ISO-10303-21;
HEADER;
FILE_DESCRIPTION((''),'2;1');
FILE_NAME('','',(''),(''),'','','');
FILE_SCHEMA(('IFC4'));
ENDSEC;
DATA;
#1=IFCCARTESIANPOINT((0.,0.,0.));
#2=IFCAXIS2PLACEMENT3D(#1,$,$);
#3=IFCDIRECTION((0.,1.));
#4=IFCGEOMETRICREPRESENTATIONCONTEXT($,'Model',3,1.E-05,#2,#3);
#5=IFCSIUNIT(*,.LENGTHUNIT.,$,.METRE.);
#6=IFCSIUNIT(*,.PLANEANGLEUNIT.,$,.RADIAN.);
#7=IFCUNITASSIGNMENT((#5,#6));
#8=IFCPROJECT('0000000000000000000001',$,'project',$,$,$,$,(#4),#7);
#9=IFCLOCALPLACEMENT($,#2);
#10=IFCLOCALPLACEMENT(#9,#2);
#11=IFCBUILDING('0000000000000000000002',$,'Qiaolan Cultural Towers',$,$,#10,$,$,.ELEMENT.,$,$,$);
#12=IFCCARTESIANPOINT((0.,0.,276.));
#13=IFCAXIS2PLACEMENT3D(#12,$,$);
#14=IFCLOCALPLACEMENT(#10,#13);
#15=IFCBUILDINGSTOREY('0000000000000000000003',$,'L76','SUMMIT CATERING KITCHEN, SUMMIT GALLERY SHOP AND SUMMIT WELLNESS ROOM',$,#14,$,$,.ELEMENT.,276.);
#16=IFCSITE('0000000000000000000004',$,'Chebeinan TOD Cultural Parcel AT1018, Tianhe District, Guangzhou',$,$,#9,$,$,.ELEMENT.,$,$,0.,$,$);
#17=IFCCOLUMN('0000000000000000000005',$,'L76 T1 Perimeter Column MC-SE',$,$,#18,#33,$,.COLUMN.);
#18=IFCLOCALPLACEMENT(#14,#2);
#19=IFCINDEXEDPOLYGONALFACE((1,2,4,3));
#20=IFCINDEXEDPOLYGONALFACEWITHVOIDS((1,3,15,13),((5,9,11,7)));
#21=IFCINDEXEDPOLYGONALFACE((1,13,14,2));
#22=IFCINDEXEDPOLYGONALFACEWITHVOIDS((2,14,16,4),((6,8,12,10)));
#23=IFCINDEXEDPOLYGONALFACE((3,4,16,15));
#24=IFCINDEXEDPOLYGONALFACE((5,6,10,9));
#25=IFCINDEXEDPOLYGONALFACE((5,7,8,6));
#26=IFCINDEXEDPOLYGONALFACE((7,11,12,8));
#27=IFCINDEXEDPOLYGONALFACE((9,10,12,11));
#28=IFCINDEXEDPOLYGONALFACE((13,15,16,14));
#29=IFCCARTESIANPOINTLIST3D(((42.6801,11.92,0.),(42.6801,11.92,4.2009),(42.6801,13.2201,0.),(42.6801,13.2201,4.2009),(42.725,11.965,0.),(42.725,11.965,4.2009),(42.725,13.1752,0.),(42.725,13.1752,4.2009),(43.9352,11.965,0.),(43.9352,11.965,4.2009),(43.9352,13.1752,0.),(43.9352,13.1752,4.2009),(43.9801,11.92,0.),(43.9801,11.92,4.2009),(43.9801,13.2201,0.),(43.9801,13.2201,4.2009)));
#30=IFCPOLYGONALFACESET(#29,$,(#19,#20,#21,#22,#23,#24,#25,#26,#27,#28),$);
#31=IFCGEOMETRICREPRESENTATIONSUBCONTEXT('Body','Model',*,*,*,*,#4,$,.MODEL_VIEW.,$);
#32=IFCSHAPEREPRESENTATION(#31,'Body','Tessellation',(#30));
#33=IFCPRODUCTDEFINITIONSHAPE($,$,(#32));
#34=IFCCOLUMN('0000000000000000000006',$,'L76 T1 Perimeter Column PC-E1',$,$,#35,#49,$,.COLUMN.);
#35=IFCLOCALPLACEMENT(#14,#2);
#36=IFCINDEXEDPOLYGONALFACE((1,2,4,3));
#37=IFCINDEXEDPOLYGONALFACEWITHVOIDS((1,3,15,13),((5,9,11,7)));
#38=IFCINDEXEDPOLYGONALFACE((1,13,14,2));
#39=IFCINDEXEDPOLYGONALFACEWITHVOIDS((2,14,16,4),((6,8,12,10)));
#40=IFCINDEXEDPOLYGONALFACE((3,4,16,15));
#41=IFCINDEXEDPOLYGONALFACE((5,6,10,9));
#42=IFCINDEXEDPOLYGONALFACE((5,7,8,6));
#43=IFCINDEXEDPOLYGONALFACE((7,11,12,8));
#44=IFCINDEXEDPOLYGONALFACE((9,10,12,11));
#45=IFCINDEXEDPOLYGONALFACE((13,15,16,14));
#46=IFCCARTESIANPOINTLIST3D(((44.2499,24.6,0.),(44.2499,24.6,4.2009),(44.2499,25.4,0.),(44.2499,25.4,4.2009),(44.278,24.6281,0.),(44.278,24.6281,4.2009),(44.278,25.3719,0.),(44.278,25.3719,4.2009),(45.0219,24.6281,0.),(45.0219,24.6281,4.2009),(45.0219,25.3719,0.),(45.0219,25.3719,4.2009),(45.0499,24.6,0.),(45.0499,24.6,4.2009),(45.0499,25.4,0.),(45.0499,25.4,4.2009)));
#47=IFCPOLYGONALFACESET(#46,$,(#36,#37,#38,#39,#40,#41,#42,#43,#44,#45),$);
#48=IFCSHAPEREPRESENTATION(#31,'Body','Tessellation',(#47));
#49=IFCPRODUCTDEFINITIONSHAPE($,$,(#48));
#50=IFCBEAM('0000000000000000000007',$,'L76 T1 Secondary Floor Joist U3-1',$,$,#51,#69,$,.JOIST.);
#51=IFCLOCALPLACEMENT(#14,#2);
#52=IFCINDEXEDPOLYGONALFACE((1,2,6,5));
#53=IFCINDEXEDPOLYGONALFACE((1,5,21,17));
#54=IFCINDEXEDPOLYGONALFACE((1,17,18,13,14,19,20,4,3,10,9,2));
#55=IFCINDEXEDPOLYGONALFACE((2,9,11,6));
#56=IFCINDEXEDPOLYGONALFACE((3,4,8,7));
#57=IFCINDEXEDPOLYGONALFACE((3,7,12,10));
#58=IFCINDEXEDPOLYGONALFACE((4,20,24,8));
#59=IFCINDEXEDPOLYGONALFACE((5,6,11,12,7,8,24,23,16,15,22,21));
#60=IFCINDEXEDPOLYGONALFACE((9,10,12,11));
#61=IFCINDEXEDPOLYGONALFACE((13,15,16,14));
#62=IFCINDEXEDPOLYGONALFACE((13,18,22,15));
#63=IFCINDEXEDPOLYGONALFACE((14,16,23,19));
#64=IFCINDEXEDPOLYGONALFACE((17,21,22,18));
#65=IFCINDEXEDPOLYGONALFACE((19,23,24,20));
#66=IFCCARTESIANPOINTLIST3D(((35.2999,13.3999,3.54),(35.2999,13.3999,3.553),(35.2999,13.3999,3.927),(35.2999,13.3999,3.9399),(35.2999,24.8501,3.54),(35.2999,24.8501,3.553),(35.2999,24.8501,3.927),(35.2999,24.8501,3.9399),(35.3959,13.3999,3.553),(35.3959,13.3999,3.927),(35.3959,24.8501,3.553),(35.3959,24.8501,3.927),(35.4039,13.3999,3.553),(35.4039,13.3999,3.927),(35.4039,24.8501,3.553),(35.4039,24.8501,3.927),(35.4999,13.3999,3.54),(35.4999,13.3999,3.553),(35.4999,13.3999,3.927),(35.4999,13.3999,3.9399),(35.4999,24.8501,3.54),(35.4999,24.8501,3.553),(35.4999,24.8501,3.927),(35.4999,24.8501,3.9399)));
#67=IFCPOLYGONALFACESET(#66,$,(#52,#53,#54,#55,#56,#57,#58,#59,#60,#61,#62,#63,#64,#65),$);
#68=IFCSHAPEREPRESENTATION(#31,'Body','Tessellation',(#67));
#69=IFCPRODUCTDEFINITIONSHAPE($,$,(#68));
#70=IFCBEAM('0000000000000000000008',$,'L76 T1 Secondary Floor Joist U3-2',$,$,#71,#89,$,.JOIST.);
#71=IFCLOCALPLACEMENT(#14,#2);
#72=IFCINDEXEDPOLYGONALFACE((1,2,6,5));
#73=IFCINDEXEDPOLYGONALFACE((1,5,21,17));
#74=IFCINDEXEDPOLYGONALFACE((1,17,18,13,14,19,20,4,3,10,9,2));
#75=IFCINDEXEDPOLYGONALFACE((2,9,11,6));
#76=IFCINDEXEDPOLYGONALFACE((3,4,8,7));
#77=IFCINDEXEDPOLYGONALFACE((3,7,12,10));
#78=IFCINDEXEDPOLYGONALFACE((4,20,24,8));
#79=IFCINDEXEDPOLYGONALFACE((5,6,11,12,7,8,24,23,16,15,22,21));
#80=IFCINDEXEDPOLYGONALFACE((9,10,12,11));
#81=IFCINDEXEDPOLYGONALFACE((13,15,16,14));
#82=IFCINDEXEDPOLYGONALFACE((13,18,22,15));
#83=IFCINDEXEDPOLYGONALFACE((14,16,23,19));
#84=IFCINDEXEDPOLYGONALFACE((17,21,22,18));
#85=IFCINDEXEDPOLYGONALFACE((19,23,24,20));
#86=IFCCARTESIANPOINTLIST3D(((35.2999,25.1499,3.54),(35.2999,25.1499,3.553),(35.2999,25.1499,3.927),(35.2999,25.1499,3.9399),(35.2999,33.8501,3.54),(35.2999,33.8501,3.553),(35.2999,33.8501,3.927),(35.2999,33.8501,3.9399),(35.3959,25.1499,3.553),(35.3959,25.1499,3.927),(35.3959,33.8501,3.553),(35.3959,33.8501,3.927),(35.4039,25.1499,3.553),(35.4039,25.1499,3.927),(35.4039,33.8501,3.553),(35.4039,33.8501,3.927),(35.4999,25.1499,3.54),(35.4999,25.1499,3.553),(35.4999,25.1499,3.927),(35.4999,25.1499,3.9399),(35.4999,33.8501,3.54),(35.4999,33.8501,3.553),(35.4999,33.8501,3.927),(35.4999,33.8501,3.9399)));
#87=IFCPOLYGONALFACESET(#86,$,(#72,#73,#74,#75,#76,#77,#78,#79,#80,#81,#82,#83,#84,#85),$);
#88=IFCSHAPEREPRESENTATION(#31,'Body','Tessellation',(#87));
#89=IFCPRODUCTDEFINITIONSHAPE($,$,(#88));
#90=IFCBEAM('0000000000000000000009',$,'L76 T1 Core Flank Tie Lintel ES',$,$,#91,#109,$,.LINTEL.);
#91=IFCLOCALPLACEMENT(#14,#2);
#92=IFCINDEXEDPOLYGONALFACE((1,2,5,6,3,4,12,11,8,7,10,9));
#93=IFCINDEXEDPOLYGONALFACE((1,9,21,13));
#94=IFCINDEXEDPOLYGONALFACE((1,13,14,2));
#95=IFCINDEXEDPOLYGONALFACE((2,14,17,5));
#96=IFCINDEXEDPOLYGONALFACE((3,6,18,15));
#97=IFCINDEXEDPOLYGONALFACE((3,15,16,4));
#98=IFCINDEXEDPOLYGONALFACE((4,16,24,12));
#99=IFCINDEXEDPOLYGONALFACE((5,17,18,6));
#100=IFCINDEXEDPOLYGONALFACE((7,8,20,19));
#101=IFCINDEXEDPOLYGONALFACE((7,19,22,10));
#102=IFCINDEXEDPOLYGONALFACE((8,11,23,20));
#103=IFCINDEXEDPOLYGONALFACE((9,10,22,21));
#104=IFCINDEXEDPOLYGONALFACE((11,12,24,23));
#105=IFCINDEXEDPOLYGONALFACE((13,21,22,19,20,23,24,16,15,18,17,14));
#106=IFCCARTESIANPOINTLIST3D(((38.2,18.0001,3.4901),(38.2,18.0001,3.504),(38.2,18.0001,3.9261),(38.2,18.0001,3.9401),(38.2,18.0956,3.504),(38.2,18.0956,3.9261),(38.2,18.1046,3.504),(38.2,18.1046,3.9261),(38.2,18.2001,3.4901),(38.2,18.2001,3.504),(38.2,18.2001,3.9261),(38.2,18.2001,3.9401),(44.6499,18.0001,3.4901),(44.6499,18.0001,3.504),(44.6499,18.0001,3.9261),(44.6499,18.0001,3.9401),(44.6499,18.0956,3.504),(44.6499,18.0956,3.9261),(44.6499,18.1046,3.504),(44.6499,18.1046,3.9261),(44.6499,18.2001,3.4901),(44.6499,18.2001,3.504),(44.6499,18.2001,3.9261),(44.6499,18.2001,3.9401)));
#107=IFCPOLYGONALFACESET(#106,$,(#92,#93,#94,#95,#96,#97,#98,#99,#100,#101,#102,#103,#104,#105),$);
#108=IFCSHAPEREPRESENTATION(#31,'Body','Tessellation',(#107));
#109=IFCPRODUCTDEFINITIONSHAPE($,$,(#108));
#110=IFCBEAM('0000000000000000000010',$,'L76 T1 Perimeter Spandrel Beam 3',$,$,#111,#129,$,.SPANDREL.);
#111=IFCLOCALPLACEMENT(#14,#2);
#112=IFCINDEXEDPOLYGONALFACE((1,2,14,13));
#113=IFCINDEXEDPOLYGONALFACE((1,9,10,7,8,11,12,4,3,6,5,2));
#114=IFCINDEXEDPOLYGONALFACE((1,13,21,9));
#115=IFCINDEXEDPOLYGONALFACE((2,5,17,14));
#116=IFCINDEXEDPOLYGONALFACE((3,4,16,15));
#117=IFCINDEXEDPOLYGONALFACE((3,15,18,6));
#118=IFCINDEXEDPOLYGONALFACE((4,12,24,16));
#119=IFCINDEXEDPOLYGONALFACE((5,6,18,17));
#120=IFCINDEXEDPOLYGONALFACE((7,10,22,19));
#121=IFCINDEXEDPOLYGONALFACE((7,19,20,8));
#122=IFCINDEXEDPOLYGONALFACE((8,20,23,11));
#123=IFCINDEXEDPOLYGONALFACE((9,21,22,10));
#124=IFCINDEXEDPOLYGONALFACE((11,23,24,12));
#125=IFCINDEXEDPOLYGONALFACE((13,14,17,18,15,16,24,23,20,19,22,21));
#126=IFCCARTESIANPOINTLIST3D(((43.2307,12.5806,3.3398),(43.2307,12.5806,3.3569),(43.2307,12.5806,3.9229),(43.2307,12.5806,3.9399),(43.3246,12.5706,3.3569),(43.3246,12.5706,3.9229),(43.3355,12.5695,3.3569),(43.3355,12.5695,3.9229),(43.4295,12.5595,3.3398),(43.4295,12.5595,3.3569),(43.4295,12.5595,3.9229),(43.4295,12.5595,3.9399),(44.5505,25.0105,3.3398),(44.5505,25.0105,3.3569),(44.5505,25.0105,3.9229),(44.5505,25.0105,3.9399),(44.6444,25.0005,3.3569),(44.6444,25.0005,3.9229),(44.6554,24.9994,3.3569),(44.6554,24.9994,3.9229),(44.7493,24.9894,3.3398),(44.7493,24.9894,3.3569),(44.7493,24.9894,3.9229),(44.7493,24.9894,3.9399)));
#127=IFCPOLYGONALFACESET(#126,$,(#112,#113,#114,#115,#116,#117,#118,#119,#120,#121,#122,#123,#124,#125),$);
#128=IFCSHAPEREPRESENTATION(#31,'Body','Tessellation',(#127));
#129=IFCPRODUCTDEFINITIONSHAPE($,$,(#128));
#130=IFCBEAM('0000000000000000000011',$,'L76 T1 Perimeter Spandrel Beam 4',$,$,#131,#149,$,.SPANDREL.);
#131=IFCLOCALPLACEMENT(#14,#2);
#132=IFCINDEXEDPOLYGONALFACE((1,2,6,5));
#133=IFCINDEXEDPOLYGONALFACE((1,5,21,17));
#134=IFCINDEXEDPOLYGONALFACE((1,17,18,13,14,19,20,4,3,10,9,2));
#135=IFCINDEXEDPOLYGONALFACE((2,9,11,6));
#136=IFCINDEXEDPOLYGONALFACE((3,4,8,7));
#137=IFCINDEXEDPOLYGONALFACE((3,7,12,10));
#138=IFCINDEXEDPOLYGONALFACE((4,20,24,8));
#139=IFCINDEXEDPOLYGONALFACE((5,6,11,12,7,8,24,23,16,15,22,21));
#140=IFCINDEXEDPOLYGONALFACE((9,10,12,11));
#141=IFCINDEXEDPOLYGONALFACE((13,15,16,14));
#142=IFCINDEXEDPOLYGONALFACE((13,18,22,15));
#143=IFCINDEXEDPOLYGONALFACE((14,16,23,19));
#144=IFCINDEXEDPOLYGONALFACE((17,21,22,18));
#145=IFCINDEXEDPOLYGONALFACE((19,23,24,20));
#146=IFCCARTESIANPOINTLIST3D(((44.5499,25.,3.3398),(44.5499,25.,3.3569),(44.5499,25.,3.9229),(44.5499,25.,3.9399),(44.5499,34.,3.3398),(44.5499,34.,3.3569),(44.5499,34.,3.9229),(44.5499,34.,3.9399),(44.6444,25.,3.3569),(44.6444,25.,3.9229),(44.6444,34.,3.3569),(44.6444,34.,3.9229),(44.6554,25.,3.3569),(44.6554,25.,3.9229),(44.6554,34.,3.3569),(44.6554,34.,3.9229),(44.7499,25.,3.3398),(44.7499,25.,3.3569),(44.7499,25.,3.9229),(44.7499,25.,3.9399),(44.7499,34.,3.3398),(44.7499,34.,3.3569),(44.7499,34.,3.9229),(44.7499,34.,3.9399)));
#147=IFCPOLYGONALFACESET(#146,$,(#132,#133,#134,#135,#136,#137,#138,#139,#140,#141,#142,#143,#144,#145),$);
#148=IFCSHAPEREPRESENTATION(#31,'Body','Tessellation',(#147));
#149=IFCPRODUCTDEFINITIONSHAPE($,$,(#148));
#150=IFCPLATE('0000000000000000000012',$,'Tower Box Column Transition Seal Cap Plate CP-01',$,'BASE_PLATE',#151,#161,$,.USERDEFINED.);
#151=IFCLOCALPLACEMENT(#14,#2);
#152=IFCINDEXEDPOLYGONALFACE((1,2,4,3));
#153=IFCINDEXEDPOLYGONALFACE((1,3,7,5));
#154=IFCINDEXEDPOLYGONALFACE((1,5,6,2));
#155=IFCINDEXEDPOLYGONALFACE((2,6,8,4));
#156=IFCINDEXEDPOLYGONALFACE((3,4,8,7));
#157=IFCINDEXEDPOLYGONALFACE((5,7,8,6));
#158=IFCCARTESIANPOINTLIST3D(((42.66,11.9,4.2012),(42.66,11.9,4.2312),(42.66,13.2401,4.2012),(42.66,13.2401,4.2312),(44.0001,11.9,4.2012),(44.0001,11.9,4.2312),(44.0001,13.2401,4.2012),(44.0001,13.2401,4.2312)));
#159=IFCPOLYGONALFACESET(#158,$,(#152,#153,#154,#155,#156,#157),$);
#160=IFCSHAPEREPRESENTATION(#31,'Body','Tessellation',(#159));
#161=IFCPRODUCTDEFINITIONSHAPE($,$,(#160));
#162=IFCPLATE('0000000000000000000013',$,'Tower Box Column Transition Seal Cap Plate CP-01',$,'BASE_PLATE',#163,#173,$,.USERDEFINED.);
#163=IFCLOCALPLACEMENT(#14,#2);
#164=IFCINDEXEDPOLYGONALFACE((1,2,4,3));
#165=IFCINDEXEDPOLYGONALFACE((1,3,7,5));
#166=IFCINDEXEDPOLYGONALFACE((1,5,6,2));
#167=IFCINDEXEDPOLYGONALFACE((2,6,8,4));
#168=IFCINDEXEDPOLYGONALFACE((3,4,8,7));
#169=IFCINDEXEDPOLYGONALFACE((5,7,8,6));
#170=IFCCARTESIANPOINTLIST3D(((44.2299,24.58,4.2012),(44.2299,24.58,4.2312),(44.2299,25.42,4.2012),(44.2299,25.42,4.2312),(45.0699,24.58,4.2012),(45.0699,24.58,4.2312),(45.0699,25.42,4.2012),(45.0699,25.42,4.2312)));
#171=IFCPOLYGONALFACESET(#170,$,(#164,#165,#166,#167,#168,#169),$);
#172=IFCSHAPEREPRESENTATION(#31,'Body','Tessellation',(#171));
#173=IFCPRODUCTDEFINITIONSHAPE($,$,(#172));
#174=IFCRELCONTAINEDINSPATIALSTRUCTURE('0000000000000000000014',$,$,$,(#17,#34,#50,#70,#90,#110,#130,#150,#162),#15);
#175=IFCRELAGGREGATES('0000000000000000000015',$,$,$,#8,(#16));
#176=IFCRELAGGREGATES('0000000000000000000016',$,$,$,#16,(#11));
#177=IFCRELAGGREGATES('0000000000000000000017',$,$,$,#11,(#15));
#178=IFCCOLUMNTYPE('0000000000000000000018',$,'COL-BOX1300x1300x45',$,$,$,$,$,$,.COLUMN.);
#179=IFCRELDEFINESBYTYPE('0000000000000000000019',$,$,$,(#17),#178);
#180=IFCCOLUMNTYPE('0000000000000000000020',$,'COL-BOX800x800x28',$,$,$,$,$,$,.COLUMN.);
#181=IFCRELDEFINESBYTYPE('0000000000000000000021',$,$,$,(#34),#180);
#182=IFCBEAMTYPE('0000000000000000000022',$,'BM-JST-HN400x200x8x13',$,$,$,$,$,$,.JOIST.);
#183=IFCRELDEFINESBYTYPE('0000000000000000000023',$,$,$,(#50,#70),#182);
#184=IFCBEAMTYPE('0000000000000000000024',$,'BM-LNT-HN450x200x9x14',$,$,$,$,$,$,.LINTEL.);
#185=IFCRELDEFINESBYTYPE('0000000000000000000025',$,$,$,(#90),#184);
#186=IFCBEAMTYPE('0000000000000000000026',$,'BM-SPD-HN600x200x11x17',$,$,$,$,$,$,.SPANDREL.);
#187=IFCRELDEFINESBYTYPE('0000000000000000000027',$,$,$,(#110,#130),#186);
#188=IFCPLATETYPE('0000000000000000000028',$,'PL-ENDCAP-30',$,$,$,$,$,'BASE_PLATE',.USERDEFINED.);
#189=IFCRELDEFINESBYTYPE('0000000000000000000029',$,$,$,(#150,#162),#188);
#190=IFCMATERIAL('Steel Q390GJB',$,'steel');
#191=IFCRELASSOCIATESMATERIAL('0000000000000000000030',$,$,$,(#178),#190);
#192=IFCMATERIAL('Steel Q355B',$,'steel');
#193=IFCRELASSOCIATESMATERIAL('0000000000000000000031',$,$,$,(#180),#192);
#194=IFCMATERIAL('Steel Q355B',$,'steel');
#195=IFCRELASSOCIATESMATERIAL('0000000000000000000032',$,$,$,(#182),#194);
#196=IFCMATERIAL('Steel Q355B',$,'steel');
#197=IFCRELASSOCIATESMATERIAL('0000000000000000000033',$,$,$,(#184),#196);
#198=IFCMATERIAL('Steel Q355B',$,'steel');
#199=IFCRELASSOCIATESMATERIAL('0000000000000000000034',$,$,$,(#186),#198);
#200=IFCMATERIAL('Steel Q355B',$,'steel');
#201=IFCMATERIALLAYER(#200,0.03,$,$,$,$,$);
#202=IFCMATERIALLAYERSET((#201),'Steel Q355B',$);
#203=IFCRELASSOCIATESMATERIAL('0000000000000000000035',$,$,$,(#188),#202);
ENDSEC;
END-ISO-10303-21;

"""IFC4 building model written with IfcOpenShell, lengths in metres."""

from ifc_helpers import new_model, si_unit, direction, frame, origin, origin_2d, place, context, subcontext, project, spatial, rectangle, hollow_rectangle, i_section, extrude, material, layer, layer_set, material_profile, profile_set, type_object, element, save


model = new_model("IFC4")

# Units and contexts
model_context = context("Model", 3, precision=1e-05, world=origin(), true_north=direction((0.0, 1.0)))
body_context = subcontext(model_context, "Body", "Model", "MODEL_VIEW")
ifc_project = project(units=[si_unit("LENGTHUNIT", "METRE"), si_unit("PLANEANGLEUNIT", "RADIAN")], contexts=[model_context])

# Site, building, storey
site_placement = place(None, origin())
site = spatial("IfcSite", under=ifc_project, at=site_placement, Name="Chebeinan TOD Cultural Parcel AT1018, Tianhe District, Guangzhou", CompositionType="ELEMENT", RefElevation=0.0)
building_placement = place(site_placement, origin())
building = spatial("IfcBuilding", under=site, at=building_placement, Name="Qiaolan Cultural Towers", CompositionType="ELEMENT")
storey_placement = place(building_placement, frame((0.0, 0.0, 276.0)))
storey = spatial("IfcBuildingStorey", under=building, at=storey_placement, Name="L76", Description="SUMMIT CATERING KITCHEN, SUMMIT GALLERY SHOP AND SUMMIT WELLNESS ROOM", CompositionType="ELEMENT", Elevation=276.0)

# Columns
ifc_material_1 = material(Name="Steel Q390GJB", Category="steel")
ifc_material_profile_1 = material_profile(ifc_material_1, hollow_rectangle(XDim=1.3, YDim=1.3, WallThickness=0.0449, at=origin_2d()), Name="BOX1300x1300x45")
ifc_profile_set_1 = profile_set([ifc_material_profile_1], Name="Steel Q390GJB")
column_type_1 = type_object("IfcColumnType", Name="COL-BOX1300x1300x45", PredefinedType="COLUMN", material=ifc_profile_set_1)
column_1_placement = place(storey_placement, frame((43.3301, 12.5701, 0.0), z_axis=(0.0, 0.0, 1.0), x_axis=(1.0, 0.0, 0.0)))
element("IfcColumn", 1, at=column_1_placement, inside=storey, type_object=column_type_1, Name="L76 T1 Perimeter Column MC-SE", PredefinedType="COLUMN", context=body_context, shape_type="SweptSolid", body=[
    extrude(hollow_rectangle(XDim=1.3, YDim=1.3, WallThickness=0.0449, at=origin_2d()), origin(), (0.0, 0.0, 1.0), 4.2009),
])
ifc_material_2 = material(Name="Steel Q355B", Category="steel")
ifc_material_profile_2 = material_profile(ifc_material_2, hollow_rectangle(XDim=0.8, YDim=0.8, WallThickness=0.0281, at=origin_2d()), Name="BOX800x800x28")
ifc_profile_set_2 = profile_set([ifc_material_profile_2], Name="Steel Q355B")
column_type_2 = type_object("IfcColumnType", Name="COL-BOX800x800x28", PredefinedType="COLUMN", material=ifc_profile_set_2)
column_2_placement = place(storey_placement, frame((44.6499, 25.0, 0.0), z_axis=(0.0, 0.0, 1.0), x_axis=(1.0, 0.0, 0.0)))
element("IfcColumn", 2, at=column_2_placement, inside=storey, type_object=column_type_2, Name="L76 T1 Perimeter Column PC-E1", PredefinedType="COLUMN", context=body_context, shape_type="SweptSolid", body=[
    extrude(hollow_rectangle(XDim=0.8, YDim=0.8, WallThickness=0.0281, at=origin_2d()), origin(), (0.0, 0.0, 1.0), 4.2009),
])

# Beams
ifc_material_3 = material(Name="Steel Q355B", Category="steel")
ifc_material_profile_3 = material_profile(ifc_material_3, i_section(OverallWidth=0.2, OverallDepth=0.3999, WebThickness=0.0081, FlangeThickness=0.0129, at=origin_2d()), Name="HN400x200x8x13")
ifc_profile_set_3 = profile_set([ifc_material_profile_3], Name="Steel Q355B")
beam_type_1 = type_object("IfcBeamType", Name="BM-JST-HN400x200x8x13", PredefinedType="JOIST", material=ifc_profile_set_3)
beam_1_placement = place(storey_placement, frame((35.3999, 13.3999, 3.74), z_axis=(0.0, 1.0, 0.0), x_axis=(-1.0, 0.0, 0.0)))
element("IfcBeam", 3, at=beam_1_placement, inside=storey, type_object=beam_type_1, Name="L76 T1 Secondary Floor Joist U3-1", PredefinedType="JOIST", context=body_context, shape_type="SweptSolid", body=[
    extrude(i_section(OverallWidth=0.2, OverallDepth=0.3999, WebThickness=0.0081, FlangeThickness=0.0129, at=origin_2d()), origin(), (0.0, 0.0, 1.0), 11.4502),
])
beam_2_placement = place(storey_placement, frame((35.3999, 25.1499, 3.74), z_axis=(0.0, 1.0, 0.0), x_axis=(-1.0, 0.0, 0.0)))
element("IfcBeam", 4, at=beam_2_placement, inside=storey, type_object=beam_type_1, Name="L76 T1 Secondary Floor Joist U3-2", PredefinedType="JOIST", context=body_context, shape_type="SweptSolid", body=[
    extrude(i_section(OverallWidth=0.2, OverallDepth=0.3999, WebThickness=0.0081, FlangeThickness=0.0129, at=origin_2d()), origin(), (0.0, 0.0, 1.0), 8.7002),
])
ifc_material_4 = material(Name="Steel Q355B", Category="steel")
ifc_material_profile_4 = material_profile(ifc_material_4, i_section(OverallWidth=0.2, OverallDepth=0.45, WebThickness=0.009, FlangeThickness=0.0139, at=origin_2d()), Name="HN450x200x9x14")
ifc_profile_set_4 = profile_set([ifc_material_profile_4], Name="Steel Q355B")
beam_type_2 = type_object("IfcBeamType", Name="BM-LNT-HN450x200x9x14", PredefinedType="LINTEL", material=ifc_profile_set_4)
beam_3_placement = place(storey_placement, frame((38.2, 18.1001, 3.7151), z_axis=(1.0, 0.0, 0.0), x_axis=(0.0, 1.0, 0.0)))
element("IfcBeam", 5, at=beam_3_placement, inside=storey, type_object=beam_type_2, Name="L76 T1 Core Flank Tie Lintel ES", PredefinedType="LINTEL", context=body_context, shape_type="SweptSolid", body=[
    extrude(i_section(OverallWidth=0.2, OverallDepth=0.45, WebThickness=0.009, FlangeThickness=0.0139, at=origin_2d()), origin(), (0.0, 0.0, 1.0), 6.45),
])
ifc_material_5 = material(Name="Steel Q355B", Category="steel")
ifc_material_profile_5 = material_profile(ifc_material_5, i_section(OverallWidth=0.2, OverallDepth=0.6001, WebThickness=0.011, FlangeThickness=0.0171, at=origin_2d()), Name="HN600x200x11x17")
ifc_profile_set_5 = profile_set([ifc_material_profile_5], Name="Steel Q355B")
beam_type_3 = type_object("IfcBeamType", Name="BM-SPD-HN600x200x11x17", PredefinedType="SPANDREL", material=ifc_profile_set_5)
beam_4_placement = place(storey_placement, frame((43.3301, 12.5701, 3.6399), z_axis=(0.105588, 0.99441, 0.0), x_axis=(-0.99441, 0.105588, 0.0)))
element("IfcBeam", 6, at=beam_4_placement, inside=storey, type_object=beam_type_3, Name="L76 T1 Perimeter Spandrel Beam 3", PredefinedType="SPANDREL", context=body_context, shape_type="SweptSolid", body=[
    extrude(i_section(OverallWidth=0.2, OverallDepth=0.6001, WebThickness=0.011, FlangeThickness=0.0171, at=origin_2d()), origin(), (0.0, 0.0, 1.0), 12.4998),
])
beam_5_placement = place(storey_placement, frame((44.6499, 25.0, 3.6399), z_axis=(0.0, 1.0, 0.0), x_axis=(-1.0, 0.0, 0.0)))
element("IfcBeam", 7, at=beam_5_placement, inside=storey, type_object=beam_type_3, Name="L76 T1 Perimeter Spandrel Beam 4", PredefinedType="SPANDREL", context=body_context, shape_type="SweptSolid", body=[
    extrude(i_section(OverallWidth=0.2, OverallDepth=0.6001, WebThickness=0.011, FlangeThickness=0.0171, at=origin_2d()), origin(), (0.0, 0.0, 1.0), 9.0),
])

# Plates
ifc_material_6 = material(Name="Steel Q355B", Category="steel")
ifc_layer_1 = layer(ifc_material_6, 0.03)
ifc_layer_set_1 = layer_set([ifc_layer_1], Name="Steel Q355B")
plate_type = type_object("IfcPlateType", Name="PL-ENDCAP-30", ElementType="BASE_PLATE", PredefinedType="USERDEFINED", material=ifc_layer_set_1)
plate_1_placement = place(storey_placement, frame((43.3301, 12.5701, 4.2012), z_axis=(0.0, 0.0, 1.0), x_axis=(1.0, 0.0, 0.0)))
element("IfcPlate", 8, at=plate_1_placement, inside=storey, type_object=plate_type, Name="Tower Box Column Transition Seal Cap Plate CP-01", ObjectType="BASE_PLATE", PredefinedType="USERDEFINED", context=body_context, shape_type="SweptSolid", body=[
    extrude(rectangle(XDim=1.3401, YDim=1.3401, at=origin_2d()), origin(), (0.0, 0.0, 1.0), 0.03),
])
plate_2_placement = place(storey_placement, frame((44.6499, 25.0, 4.2012), z_axis=(0.0, 0.0, 1.0), x_axis=(1.0, 0.0, 0.0)))
element("IfcPlate", 9, at=plate_2_placement, inside=storey, type_object=plate_type, Name="Tower Box Column Transition Seal Cap Plate CP-01", ObjectType="BASE_PLATE", PredefinedType="USERDEFINED", context=body_context, shape_type="SweptSolid", body=[
    extrude(rectangle(XDim=0.8401, YDim=0.8401, at=origin_2d()), origin(), (0.0, 0.0, 1.0), 0.03),
])

save(model, "model.ifc")
